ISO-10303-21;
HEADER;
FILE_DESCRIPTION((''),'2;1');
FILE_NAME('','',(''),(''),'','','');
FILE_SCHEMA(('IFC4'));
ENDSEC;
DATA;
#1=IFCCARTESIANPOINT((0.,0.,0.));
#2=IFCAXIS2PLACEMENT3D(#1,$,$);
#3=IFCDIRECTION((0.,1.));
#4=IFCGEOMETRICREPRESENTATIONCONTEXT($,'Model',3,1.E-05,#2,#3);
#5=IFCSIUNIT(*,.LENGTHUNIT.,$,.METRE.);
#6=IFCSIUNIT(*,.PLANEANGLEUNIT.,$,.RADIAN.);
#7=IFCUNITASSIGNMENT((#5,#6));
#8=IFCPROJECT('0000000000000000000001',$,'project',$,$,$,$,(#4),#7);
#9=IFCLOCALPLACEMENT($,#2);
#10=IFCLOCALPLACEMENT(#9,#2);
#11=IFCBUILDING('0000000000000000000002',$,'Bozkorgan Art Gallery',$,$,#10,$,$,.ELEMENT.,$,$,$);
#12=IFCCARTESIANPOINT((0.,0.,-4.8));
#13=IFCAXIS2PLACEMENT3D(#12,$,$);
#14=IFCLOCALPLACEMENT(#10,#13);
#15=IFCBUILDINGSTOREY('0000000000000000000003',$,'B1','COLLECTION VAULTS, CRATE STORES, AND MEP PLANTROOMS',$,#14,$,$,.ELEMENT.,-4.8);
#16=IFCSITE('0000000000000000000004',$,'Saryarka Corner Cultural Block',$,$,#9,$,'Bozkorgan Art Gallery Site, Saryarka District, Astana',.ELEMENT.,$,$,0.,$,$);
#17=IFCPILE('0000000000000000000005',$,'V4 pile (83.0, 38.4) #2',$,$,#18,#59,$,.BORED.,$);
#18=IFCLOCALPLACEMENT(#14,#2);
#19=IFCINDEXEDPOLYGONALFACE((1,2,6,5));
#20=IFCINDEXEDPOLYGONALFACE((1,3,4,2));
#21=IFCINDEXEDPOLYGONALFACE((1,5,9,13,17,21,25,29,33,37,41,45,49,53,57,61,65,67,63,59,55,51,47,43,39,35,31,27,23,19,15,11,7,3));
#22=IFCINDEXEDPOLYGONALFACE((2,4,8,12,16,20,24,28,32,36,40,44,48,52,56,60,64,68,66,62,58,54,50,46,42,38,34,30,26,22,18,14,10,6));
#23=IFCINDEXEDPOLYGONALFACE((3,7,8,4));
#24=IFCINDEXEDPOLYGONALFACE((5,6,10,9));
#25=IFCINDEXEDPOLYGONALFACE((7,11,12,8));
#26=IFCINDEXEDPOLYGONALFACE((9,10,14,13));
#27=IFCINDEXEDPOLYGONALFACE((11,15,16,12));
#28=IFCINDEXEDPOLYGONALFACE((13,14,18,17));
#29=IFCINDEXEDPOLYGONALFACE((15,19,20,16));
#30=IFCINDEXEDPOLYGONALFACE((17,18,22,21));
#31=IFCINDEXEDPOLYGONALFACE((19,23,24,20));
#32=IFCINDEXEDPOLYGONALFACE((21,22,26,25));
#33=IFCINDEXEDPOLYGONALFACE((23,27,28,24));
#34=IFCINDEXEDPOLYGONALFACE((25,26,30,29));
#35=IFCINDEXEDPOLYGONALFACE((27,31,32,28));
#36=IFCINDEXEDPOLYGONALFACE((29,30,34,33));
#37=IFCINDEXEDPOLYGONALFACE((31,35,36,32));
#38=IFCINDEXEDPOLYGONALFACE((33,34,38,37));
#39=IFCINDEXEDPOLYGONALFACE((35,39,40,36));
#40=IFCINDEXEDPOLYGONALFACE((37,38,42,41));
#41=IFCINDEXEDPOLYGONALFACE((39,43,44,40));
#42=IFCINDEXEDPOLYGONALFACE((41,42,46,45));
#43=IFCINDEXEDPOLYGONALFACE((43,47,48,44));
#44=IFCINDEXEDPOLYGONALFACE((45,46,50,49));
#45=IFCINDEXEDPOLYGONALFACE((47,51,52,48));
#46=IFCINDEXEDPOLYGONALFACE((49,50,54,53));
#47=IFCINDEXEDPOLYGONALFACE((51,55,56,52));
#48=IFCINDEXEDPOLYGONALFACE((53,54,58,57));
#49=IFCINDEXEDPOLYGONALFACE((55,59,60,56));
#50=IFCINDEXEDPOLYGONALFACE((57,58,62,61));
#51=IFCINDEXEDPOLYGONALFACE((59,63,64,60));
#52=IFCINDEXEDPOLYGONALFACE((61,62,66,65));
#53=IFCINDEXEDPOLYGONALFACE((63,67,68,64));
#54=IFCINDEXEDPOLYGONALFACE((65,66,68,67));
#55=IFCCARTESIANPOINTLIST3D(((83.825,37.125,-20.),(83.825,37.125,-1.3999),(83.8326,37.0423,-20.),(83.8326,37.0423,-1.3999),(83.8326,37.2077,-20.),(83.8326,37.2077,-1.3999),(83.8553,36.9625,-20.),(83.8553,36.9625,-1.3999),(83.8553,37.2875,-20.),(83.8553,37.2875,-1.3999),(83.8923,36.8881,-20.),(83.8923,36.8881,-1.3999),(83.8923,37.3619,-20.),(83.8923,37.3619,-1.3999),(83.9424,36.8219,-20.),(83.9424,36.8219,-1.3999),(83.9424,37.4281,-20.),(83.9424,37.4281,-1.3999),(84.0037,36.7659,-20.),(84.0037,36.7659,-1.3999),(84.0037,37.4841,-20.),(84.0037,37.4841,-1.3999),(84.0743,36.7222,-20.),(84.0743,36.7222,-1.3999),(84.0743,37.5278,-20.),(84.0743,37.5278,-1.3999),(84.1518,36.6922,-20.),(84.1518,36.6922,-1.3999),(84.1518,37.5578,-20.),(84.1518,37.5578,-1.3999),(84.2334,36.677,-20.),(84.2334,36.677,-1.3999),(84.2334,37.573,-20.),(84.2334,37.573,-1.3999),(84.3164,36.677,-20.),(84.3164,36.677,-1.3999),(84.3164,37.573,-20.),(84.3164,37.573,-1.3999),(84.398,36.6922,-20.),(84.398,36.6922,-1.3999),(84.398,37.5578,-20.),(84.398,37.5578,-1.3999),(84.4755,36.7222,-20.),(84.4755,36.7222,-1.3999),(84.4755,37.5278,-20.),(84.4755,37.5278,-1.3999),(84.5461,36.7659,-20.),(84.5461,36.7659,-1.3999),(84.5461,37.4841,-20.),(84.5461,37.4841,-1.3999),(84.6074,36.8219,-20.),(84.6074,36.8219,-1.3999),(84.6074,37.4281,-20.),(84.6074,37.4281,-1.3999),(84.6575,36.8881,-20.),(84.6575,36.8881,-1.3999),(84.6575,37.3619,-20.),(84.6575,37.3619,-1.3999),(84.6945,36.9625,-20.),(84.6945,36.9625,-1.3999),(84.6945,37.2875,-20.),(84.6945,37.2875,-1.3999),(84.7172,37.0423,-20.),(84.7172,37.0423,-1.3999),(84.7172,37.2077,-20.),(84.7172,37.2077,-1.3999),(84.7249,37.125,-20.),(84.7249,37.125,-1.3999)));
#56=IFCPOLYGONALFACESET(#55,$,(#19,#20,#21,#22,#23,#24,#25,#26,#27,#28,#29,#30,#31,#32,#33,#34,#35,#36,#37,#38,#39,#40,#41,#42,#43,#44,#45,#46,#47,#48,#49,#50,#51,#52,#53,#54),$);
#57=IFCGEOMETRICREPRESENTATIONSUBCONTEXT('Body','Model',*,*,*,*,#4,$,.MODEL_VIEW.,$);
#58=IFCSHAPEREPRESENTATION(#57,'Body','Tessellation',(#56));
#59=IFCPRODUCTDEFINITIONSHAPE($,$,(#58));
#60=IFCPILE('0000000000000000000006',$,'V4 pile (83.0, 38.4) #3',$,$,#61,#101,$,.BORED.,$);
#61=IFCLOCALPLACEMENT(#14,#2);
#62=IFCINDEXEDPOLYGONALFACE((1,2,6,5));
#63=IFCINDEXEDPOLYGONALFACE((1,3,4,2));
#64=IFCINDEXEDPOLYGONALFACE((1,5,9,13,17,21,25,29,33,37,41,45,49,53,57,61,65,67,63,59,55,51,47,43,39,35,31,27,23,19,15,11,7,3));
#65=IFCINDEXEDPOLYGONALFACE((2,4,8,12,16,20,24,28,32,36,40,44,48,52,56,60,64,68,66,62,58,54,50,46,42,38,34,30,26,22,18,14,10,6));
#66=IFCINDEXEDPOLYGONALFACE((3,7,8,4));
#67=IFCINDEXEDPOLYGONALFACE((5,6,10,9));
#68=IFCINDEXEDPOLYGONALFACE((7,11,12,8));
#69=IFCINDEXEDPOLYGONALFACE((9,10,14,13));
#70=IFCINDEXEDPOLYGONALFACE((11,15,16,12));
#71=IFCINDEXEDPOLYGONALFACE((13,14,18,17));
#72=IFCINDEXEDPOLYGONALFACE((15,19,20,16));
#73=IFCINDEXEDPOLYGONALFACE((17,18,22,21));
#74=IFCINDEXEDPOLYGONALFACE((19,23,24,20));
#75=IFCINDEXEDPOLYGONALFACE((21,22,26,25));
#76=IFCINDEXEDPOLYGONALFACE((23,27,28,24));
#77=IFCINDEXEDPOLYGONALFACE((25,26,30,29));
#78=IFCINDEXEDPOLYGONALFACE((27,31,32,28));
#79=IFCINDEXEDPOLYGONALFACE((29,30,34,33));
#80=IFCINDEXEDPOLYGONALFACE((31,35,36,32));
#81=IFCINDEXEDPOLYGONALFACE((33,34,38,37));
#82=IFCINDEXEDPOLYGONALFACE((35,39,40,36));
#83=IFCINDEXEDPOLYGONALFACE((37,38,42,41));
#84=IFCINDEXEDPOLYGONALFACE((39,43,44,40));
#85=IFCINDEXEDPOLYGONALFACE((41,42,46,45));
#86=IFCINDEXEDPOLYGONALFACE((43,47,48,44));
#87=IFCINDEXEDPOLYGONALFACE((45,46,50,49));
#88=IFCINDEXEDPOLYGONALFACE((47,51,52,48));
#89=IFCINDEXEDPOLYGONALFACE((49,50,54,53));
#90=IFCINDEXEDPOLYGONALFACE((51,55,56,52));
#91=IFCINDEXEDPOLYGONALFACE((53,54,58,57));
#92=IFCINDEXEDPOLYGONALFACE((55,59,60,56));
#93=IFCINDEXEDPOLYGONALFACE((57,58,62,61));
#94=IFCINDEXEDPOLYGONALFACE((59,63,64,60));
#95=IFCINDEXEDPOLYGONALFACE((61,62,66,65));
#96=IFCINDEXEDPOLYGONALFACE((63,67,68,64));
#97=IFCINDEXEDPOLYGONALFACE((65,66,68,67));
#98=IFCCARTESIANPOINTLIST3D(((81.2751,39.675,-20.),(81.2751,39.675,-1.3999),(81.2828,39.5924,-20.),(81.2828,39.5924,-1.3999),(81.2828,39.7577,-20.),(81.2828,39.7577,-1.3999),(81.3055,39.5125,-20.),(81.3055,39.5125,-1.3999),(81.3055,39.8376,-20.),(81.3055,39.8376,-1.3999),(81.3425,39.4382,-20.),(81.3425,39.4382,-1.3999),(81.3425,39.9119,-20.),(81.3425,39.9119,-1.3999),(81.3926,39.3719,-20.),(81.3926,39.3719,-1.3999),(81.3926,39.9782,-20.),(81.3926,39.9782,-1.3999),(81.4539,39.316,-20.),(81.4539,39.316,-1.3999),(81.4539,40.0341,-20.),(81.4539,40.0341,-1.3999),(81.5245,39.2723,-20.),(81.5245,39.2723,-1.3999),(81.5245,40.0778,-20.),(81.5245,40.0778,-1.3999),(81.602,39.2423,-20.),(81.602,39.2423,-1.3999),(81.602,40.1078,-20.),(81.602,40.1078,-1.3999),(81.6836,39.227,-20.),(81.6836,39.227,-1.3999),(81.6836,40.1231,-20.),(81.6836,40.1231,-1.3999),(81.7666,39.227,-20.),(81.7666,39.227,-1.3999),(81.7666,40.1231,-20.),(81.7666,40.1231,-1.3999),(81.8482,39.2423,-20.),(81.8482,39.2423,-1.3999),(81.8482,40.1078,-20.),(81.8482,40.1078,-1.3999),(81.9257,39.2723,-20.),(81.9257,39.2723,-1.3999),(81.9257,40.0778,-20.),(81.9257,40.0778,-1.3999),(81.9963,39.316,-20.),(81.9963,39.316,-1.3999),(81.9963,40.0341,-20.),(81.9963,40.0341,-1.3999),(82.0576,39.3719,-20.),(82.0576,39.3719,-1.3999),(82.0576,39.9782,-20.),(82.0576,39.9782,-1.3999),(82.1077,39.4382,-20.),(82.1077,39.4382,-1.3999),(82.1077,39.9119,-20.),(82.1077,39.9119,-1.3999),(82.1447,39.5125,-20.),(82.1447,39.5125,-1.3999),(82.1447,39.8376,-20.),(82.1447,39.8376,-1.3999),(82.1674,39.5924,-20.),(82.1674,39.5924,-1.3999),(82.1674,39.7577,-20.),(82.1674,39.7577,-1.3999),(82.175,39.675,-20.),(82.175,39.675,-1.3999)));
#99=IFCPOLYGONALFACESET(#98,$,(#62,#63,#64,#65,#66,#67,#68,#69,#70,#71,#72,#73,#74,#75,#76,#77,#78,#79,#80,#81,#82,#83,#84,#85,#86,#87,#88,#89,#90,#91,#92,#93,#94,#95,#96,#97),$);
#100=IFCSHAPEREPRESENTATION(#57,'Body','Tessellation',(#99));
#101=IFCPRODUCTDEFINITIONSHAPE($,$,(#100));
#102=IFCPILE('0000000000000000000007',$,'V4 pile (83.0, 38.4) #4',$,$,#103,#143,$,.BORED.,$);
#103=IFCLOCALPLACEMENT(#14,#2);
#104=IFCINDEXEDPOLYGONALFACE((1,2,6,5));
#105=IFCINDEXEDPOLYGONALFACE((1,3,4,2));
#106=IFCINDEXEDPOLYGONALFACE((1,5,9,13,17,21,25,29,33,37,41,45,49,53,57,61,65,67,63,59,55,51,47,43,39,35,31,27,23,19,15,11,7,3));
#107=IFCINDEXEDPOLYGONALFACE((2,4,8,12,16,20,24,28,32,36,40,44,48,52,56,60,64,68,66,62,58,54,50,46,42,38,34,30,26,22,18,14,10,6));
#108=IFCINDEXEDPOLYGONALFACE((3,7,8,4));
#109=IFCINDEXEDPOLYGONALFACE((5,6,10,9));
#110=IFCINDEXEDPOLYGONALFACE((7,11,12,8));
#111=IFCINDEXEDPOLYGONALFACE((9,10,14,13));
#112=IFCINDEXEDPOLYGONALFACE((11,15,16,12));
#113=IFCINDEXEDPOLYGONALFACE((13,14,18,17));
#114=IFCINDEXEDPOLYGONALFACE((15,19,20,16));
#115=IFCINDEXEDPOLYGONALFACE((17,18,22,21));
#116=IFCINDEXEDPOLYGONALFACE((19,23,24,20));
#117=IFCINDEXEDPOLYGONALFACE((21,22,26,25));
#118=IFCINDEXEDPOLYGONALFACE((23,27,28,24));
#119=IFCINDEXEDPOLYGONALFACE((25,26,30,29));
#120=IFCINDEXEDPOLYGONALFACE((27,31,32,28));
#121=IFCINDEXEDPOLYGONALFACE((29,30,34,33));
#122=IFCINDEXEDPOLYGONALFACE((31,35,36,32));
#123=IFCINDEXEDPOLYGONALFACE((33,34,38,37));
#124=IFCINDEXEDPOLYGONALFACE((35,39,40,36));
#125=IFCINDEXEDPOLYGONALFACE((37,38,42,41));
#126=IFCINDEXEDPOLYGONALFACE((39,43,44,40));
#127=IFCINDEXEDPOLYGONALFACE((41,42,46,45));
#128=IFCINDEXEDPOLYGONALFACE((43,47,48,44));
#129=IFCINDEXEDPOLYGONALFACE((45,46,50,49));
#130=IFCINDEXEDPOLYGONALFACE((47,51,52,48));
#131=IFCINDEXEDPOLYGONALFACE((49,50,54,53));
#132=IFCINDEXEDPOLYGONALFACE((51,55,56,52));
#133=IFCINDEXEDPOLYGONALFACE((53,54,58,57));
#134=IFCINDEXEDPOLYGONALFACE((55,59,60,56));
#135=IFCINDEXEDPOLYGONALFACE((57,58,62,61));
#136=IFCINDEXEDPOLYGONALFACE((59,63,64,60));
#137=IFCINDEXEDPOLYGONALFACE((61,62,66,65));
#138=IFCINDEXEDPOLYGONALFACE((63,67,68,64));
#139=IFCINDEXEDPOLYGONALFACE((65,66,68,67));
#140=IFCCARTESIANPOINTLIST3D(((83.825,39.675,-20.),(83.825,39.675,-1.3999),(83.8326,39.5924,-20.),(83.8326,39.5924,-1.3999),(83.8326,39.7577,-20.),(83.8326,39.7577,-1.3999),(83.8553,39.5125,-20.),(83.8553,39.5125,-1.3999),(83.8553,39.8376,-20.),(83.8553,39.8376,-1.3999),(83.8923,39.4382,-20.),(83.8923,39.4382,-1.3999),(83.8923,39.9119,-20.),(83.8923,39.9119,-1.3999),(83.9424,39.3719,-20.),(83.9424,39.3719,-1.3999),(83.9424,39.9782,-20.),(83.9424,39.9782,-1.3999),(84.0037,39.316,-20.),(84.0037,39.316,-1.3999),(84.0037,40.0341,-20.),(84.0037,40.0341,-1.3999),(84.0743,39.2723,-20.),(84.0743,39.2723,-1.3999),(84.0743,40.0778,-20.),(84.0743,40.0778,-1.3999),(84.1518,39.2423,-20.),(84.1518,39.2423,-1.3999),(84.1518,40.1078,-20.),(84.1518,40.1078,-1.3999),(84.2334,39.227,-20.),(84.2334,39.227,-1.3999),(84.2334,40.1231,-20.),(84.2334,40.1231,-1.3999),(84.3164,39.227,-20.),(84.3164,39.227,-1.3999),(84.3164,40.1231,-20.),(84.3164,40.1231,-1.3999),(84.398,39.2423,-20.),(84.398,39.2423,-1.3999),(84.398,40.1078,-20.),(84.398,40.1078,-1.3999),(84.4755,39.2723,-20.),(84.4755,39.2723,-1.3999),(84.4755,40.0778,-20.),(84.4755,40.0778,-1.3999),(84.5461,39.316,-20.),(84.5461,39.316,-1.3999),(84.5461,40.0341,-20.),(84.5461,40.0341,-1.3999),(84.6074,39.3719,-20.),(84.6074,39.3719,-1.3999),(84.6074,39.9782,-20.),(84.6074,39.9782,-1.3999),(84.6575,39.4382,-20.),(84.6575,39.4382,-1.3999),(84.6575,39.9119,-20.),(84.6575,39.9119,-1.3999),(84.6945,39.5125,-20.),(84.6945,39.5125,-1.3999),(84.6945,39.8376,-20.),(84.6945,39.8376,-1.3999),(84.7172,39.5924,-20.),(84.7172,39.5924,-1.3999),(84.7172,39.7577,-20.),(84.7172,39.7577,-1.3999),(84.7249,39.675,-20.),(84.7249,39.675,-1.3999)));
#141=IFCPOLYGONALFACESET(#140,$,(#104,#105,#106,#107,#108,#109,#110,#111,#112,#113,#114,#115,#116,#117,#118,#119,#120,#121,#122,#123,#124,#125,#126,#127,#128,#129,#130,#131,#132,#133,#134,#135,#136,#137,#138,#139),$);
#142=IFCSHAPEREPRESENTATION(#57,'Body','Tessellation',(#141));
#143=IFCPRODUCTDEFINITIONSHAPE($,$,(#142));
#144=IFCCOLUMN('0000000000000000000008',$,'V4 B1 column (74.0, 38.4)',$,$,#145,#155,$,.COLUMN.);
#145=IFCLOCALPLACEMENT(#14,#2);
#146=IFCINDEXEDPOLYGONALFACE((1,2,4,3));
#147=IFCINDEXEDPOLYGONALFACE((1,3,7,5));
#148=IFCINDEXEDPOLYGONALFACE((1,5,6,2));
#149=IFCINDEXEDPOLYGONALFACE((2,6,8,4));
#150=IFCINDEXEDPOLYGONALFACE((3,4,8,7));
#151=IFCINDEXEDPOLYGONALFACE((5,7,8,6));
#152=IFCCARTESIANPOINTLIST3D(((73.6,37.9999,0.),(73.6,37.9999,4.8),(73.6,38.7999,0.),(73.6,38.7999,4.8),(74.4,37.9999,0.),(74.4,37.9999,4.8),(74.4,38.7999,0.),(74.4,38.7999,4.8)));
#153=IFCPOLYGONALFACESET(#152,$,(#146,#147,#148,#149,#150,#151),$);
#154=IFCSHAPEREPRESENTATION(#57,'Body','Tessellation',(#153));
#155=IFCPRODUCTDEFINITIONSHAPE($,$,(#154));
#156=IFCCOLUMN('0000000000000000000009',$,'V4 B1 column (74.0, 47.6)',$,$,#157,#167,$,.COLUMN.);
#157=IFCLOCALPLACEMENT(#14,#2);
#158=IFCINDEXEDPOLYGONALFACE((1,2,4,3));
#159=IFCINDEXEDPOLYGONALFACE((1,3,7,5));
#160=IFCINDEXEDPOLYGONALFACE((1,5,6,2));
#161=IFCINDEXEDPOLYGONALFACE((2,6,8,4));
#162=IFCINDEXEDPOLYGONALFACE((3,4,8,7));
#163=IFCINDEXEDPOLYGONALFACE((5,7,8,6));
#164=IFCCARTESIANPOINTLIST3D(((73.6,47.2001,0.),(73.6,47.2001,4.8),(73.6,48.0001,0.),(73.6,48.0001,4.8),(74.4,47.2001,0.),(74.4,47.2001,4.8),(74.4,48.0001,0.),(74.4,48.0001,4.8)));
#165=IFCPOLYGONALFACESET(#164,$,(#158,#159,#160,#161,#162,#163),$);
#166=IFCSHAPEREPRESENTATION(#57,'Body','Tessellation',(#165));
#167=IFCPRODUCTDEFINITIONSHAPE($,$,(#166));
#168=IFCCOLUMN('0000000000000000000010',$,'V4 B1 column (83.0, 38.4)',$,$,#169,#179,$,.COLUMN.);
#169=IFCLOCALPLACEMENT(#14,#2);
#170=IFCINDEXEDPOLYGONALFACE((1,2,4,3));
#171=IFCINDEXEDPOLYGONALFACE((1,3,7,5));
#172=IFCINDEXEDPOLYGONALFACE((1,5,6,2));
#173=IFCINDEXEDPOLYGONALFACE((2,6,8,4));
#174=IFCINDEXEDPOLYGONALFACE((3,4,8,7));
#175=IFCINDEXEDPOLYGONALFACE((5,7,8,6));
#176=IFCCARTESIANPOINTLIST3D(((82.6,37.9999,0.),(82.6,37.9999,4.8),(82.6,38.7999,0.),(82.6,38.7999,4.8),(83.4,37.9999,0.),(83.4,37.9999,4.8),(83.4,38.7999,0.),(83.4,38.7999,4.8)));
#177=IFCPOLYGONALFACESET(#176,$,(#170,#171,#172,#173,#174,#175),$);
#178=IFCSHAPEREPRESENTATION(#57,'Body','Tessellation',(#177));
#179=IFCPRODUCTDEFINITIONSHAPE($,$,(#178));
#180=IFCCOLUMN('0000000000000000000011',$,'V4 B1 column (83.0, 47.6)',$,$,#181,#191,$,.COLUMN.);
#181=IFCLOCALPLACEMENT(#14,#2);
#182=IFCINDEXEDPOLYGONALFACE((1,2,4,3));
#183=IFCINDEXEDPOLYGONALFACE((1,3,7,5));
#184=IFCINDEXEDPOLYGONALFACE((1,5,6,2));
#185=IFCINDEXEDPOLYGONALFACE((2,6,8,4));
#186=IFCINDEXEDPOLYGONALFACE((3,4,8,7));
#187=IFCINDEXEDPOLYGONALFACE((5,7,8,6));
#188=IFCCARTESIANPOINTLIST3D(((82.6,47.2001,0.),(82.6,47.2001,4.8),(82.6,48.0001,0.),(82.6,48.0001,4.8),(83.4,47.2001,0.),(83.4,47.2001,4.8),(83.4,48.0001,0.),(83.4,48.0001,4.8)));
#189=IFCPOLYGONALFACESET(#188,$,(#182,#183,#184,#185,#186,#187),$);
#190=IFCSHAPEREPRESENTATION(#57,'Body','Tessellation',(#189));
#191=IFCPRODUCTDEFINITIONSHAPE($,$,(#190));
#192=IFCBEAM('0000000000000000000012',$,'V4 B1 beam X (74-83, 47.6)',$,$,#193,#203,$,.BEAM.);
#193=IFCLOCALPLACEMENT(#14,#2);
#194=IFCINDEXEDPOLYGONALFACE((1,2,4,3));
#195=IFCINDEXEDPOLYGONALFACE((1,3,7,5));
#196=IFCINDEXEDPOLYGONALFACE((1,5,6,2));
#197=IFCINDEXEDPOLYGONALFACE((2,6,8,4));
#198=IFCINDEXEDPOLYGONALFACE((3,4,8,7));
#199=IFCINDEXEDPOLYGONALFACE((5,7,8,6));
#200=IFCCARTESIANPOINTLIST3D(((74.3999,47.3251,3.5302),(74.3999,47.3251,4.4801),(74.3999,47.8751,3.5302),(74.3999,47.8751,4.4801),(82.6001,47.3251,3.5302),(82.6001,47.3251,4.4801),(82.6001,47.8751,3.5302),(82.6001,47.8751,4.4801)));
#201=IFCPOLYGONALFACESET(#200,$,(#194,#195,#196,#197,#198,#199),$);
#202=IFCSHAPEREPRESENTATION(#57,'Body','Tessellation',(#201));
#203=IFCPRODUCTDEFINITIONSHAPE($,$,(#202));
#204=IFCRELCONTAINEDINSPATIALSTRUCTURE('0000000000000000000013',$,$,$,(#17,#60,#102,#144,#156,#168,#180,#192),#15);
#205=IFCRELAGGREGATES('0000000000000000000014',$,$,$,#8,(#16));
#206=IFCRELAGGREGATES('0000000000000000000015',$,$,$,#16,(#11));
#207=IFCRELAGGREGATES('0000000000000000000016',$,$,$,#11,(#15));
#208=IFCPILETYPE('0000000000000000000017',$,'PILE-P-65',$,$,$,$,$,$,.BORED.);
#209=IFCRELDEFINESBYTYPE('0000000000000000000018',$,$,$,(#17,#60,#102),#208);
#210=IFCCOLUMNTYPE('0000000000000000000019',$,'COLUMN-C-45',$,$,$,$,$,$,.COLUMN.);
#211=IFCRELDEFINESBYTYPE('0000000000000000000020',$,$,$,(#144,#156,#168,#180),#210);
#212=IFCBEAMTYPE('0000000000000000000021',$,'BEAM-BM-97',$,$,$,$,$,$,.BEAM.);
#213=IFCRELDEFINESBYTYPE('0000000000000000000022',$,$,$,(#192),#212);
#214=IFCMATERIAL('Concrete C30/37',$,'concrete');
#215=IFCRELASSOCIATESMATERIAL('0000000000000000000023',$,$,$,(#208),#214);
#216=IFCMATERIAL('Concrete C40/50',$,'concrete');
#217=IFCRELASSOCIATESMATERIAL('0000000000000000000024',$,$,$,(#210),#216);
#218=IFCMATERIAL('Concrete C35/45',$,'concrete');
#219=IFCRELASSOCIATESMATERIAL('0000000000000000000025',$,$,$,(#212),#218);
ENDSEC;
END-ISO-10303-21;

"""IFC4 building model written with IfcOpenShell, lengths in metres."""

from ifc_helpers import new_model, si_unit, direction, frame, origin, origin_2d, place, context, subcontext, project, spatial, rectangle, circle, extrude, material, material_profile, profile_set, type_object, element, save


model = new_model("IFC4")

# Units and contexts
model_context = context("Model", 3, precision=1e-05, world=origin(), true_north=direction((0.0, 1.0)))
body_context = subcontext(model_context, "Body", "Model", "MODEL_VIEW")
ifc_project = project(units=[si_unit("LENGTHUNIT", "METRE"), si_unit("PLANEANGLEUNIT", "RADIAN")], contexts=[model_context])

# Site, building, storey
site_placement = place(None, origin())
site = spatial("IfcSite", under=ifc_project, at=site_placement, Name="Saryarka Corner Cultural Block", LongName="Bozkorgan Art Gallery Site, Saryarka District, Astana", CompositionType="ELEMENT", RefElevation=0.0)
building_placement = place(site_placement, origin())
building = spatial("IfcBuilding", under=site, at=building_placement, Name="Bozkorgan Art Gallery", CompositionType="ELEMENT")
storey_placement = place(building_placement, frame((0.0, 0.0, -4.8)))
storey = spatial("IfcBuildingStorey", under=building, at=storey_placement, Name="B1", Description="COLLECTION VAULTS, CRATE STORES, AND MEP PLANTROOMS", CompositionType="ELEMENT", Elevation=-4.8)

# Shared definitions
ifc_material_1 = material(Name="Concrete C30/37", Category="concrete")

# Piles
ifc_material_profile_1 = material_profile(ifc_material_1, circle(Radius=0.45, at=origin_2d()), Name="PILE D900")
ifc_profile_set_1 = profile_set([ifc_material_profile_1], Name="Concrete C30/37")
pile_type_1 = type_object("IfcPileType", Name="PILE-P-65", PredefinedType="BORED", material=ifc_profile_set_1)
for number, where, z_axis, x_axis, name in (
    (1, (84.2749, 37.125, -1.3999), (0.0, 0.0, -1.0), (1.0, 0.0, 0.0), "V4 pile (83.0, 38.4) #2"),
    (2, (81.7251, 39.675, -1.3999), (0.0, 0.0, -1.0), (1.0, 0.0, 0.0), "V4 pile (83.0, 38.4) #3"),
    (3, (84.2749, 39.675, -1.3999), (0.0, 0.0, -1.0), (1.0, 0.0, 0.0), "V4 pile (83.0, 38.4) #4"),
):
    element("IfcPile", number, at=place(storey_placement, frame(where, z_axis=z_axis, x_axis=x_axis)), inside=storey, type_object=pile_type_1, Name=name, PredefinedType="BORED", context=body_context, shape_type="SweptSolid", body=[
        extrude(circle(Radius=0.45, at=origin_2d()), origin(), (0.0, 0.0, 1.0), 18.6001),
    ])

# Columns
ifc_material_2 = material(Name="Concrete C40/50", Category="concrete")
ifc_material_profile_2 = material_profile(ifc_material_2, rectangle(XDim=0.8, YDim=0.8, at=origin_2d()), Name="RC 800x800")
ifc_profile_set_2 = profile_set([ifc_material_profile_2], Name="Concrete C40/50")
column_type = type_object("IfcColumnType", Name="COLUMN-C-45", PredefinedType="COLUMN", material=ifc_profile_set_2)
for number, where, z_axis, x_axis, name in (
    (4, (74.0, 38.3999, 0.0), (0.0, 0.0, 1.0), (1.0, 0.0, 0.0), "V4 B1 column (74.0, 38.4)"),
    (5, (74.0, 47.6001, 0.0), (0.0, 0.0, 1.0), (1.0, 0.0, 0.0), "V4 B1 column (74.0, 47.6)"),
    (6, (83.0, 38.3999, 0.0), (0.0, 0.0, 1.0), (1.0, 0.0, 0.0), "V4 B1 column (83.0, 38.4)"),
    (7, (83.0, 47.6001, 0.0), (0.0, 0.0, 1.0), (1.0, 0.0, 0.0), "V4 B1 column (83.0, 47.6)"),
):
    element("IfcColumn", number, at=place(storey_placement, frame(where, z_axis=z_axis, x_axis=x_axis)), inside=storey, type_object=column_type, Name=name, PredefinedType="COLUMN", context=body_context, shape_type="SweptSolid", body=[
        extrude(rectangle(XDim=0.8, YDim=0.8, at=origin_2d()), origin(), (0.0, 0.0, 1.0), 4.8),
    ])

# Beam
ifc_material_3 = material(Name="Concrete C35/45", Category="concrete")
ifc_material_profile_3 = material_profile(ifc_material_3, rectangle(XDim=0.55, YDim=0.95, at=origin_2d()), Name="RC 550x950")
ifc_profile_set_3 = profile_set([ifc_material_profile_3], Name="Concrete C35/45")
beam_type_1 = type_object("IfcBeamType", Name="BEAM-BM-97", PredefinedType="BEAM", material=ifc_profile_set_3)
beam_1_placement = place(storey_placement, frame((74.3999, 47.6001, 4.0051), z_axis=(1.0, 0.0, 0.0), x_axis=(0.0, 1.0, 0.0)))
element("IfcBeam", 8, at=beam_1_placement, inside=storey, type_object=beam_type_1, Name="V4 B1 beam X (74-83, 47.6)", PredefinedType="BEAM", context=body_context, shape_type="SweptSolid", body=[
    extrude(rectangle(XDim=0.55, YDim=0.95, at=origin_2d()), origin(), (0.0, 0.0, 1.0), 8.2002),
])

save(model, "model.ifc")
